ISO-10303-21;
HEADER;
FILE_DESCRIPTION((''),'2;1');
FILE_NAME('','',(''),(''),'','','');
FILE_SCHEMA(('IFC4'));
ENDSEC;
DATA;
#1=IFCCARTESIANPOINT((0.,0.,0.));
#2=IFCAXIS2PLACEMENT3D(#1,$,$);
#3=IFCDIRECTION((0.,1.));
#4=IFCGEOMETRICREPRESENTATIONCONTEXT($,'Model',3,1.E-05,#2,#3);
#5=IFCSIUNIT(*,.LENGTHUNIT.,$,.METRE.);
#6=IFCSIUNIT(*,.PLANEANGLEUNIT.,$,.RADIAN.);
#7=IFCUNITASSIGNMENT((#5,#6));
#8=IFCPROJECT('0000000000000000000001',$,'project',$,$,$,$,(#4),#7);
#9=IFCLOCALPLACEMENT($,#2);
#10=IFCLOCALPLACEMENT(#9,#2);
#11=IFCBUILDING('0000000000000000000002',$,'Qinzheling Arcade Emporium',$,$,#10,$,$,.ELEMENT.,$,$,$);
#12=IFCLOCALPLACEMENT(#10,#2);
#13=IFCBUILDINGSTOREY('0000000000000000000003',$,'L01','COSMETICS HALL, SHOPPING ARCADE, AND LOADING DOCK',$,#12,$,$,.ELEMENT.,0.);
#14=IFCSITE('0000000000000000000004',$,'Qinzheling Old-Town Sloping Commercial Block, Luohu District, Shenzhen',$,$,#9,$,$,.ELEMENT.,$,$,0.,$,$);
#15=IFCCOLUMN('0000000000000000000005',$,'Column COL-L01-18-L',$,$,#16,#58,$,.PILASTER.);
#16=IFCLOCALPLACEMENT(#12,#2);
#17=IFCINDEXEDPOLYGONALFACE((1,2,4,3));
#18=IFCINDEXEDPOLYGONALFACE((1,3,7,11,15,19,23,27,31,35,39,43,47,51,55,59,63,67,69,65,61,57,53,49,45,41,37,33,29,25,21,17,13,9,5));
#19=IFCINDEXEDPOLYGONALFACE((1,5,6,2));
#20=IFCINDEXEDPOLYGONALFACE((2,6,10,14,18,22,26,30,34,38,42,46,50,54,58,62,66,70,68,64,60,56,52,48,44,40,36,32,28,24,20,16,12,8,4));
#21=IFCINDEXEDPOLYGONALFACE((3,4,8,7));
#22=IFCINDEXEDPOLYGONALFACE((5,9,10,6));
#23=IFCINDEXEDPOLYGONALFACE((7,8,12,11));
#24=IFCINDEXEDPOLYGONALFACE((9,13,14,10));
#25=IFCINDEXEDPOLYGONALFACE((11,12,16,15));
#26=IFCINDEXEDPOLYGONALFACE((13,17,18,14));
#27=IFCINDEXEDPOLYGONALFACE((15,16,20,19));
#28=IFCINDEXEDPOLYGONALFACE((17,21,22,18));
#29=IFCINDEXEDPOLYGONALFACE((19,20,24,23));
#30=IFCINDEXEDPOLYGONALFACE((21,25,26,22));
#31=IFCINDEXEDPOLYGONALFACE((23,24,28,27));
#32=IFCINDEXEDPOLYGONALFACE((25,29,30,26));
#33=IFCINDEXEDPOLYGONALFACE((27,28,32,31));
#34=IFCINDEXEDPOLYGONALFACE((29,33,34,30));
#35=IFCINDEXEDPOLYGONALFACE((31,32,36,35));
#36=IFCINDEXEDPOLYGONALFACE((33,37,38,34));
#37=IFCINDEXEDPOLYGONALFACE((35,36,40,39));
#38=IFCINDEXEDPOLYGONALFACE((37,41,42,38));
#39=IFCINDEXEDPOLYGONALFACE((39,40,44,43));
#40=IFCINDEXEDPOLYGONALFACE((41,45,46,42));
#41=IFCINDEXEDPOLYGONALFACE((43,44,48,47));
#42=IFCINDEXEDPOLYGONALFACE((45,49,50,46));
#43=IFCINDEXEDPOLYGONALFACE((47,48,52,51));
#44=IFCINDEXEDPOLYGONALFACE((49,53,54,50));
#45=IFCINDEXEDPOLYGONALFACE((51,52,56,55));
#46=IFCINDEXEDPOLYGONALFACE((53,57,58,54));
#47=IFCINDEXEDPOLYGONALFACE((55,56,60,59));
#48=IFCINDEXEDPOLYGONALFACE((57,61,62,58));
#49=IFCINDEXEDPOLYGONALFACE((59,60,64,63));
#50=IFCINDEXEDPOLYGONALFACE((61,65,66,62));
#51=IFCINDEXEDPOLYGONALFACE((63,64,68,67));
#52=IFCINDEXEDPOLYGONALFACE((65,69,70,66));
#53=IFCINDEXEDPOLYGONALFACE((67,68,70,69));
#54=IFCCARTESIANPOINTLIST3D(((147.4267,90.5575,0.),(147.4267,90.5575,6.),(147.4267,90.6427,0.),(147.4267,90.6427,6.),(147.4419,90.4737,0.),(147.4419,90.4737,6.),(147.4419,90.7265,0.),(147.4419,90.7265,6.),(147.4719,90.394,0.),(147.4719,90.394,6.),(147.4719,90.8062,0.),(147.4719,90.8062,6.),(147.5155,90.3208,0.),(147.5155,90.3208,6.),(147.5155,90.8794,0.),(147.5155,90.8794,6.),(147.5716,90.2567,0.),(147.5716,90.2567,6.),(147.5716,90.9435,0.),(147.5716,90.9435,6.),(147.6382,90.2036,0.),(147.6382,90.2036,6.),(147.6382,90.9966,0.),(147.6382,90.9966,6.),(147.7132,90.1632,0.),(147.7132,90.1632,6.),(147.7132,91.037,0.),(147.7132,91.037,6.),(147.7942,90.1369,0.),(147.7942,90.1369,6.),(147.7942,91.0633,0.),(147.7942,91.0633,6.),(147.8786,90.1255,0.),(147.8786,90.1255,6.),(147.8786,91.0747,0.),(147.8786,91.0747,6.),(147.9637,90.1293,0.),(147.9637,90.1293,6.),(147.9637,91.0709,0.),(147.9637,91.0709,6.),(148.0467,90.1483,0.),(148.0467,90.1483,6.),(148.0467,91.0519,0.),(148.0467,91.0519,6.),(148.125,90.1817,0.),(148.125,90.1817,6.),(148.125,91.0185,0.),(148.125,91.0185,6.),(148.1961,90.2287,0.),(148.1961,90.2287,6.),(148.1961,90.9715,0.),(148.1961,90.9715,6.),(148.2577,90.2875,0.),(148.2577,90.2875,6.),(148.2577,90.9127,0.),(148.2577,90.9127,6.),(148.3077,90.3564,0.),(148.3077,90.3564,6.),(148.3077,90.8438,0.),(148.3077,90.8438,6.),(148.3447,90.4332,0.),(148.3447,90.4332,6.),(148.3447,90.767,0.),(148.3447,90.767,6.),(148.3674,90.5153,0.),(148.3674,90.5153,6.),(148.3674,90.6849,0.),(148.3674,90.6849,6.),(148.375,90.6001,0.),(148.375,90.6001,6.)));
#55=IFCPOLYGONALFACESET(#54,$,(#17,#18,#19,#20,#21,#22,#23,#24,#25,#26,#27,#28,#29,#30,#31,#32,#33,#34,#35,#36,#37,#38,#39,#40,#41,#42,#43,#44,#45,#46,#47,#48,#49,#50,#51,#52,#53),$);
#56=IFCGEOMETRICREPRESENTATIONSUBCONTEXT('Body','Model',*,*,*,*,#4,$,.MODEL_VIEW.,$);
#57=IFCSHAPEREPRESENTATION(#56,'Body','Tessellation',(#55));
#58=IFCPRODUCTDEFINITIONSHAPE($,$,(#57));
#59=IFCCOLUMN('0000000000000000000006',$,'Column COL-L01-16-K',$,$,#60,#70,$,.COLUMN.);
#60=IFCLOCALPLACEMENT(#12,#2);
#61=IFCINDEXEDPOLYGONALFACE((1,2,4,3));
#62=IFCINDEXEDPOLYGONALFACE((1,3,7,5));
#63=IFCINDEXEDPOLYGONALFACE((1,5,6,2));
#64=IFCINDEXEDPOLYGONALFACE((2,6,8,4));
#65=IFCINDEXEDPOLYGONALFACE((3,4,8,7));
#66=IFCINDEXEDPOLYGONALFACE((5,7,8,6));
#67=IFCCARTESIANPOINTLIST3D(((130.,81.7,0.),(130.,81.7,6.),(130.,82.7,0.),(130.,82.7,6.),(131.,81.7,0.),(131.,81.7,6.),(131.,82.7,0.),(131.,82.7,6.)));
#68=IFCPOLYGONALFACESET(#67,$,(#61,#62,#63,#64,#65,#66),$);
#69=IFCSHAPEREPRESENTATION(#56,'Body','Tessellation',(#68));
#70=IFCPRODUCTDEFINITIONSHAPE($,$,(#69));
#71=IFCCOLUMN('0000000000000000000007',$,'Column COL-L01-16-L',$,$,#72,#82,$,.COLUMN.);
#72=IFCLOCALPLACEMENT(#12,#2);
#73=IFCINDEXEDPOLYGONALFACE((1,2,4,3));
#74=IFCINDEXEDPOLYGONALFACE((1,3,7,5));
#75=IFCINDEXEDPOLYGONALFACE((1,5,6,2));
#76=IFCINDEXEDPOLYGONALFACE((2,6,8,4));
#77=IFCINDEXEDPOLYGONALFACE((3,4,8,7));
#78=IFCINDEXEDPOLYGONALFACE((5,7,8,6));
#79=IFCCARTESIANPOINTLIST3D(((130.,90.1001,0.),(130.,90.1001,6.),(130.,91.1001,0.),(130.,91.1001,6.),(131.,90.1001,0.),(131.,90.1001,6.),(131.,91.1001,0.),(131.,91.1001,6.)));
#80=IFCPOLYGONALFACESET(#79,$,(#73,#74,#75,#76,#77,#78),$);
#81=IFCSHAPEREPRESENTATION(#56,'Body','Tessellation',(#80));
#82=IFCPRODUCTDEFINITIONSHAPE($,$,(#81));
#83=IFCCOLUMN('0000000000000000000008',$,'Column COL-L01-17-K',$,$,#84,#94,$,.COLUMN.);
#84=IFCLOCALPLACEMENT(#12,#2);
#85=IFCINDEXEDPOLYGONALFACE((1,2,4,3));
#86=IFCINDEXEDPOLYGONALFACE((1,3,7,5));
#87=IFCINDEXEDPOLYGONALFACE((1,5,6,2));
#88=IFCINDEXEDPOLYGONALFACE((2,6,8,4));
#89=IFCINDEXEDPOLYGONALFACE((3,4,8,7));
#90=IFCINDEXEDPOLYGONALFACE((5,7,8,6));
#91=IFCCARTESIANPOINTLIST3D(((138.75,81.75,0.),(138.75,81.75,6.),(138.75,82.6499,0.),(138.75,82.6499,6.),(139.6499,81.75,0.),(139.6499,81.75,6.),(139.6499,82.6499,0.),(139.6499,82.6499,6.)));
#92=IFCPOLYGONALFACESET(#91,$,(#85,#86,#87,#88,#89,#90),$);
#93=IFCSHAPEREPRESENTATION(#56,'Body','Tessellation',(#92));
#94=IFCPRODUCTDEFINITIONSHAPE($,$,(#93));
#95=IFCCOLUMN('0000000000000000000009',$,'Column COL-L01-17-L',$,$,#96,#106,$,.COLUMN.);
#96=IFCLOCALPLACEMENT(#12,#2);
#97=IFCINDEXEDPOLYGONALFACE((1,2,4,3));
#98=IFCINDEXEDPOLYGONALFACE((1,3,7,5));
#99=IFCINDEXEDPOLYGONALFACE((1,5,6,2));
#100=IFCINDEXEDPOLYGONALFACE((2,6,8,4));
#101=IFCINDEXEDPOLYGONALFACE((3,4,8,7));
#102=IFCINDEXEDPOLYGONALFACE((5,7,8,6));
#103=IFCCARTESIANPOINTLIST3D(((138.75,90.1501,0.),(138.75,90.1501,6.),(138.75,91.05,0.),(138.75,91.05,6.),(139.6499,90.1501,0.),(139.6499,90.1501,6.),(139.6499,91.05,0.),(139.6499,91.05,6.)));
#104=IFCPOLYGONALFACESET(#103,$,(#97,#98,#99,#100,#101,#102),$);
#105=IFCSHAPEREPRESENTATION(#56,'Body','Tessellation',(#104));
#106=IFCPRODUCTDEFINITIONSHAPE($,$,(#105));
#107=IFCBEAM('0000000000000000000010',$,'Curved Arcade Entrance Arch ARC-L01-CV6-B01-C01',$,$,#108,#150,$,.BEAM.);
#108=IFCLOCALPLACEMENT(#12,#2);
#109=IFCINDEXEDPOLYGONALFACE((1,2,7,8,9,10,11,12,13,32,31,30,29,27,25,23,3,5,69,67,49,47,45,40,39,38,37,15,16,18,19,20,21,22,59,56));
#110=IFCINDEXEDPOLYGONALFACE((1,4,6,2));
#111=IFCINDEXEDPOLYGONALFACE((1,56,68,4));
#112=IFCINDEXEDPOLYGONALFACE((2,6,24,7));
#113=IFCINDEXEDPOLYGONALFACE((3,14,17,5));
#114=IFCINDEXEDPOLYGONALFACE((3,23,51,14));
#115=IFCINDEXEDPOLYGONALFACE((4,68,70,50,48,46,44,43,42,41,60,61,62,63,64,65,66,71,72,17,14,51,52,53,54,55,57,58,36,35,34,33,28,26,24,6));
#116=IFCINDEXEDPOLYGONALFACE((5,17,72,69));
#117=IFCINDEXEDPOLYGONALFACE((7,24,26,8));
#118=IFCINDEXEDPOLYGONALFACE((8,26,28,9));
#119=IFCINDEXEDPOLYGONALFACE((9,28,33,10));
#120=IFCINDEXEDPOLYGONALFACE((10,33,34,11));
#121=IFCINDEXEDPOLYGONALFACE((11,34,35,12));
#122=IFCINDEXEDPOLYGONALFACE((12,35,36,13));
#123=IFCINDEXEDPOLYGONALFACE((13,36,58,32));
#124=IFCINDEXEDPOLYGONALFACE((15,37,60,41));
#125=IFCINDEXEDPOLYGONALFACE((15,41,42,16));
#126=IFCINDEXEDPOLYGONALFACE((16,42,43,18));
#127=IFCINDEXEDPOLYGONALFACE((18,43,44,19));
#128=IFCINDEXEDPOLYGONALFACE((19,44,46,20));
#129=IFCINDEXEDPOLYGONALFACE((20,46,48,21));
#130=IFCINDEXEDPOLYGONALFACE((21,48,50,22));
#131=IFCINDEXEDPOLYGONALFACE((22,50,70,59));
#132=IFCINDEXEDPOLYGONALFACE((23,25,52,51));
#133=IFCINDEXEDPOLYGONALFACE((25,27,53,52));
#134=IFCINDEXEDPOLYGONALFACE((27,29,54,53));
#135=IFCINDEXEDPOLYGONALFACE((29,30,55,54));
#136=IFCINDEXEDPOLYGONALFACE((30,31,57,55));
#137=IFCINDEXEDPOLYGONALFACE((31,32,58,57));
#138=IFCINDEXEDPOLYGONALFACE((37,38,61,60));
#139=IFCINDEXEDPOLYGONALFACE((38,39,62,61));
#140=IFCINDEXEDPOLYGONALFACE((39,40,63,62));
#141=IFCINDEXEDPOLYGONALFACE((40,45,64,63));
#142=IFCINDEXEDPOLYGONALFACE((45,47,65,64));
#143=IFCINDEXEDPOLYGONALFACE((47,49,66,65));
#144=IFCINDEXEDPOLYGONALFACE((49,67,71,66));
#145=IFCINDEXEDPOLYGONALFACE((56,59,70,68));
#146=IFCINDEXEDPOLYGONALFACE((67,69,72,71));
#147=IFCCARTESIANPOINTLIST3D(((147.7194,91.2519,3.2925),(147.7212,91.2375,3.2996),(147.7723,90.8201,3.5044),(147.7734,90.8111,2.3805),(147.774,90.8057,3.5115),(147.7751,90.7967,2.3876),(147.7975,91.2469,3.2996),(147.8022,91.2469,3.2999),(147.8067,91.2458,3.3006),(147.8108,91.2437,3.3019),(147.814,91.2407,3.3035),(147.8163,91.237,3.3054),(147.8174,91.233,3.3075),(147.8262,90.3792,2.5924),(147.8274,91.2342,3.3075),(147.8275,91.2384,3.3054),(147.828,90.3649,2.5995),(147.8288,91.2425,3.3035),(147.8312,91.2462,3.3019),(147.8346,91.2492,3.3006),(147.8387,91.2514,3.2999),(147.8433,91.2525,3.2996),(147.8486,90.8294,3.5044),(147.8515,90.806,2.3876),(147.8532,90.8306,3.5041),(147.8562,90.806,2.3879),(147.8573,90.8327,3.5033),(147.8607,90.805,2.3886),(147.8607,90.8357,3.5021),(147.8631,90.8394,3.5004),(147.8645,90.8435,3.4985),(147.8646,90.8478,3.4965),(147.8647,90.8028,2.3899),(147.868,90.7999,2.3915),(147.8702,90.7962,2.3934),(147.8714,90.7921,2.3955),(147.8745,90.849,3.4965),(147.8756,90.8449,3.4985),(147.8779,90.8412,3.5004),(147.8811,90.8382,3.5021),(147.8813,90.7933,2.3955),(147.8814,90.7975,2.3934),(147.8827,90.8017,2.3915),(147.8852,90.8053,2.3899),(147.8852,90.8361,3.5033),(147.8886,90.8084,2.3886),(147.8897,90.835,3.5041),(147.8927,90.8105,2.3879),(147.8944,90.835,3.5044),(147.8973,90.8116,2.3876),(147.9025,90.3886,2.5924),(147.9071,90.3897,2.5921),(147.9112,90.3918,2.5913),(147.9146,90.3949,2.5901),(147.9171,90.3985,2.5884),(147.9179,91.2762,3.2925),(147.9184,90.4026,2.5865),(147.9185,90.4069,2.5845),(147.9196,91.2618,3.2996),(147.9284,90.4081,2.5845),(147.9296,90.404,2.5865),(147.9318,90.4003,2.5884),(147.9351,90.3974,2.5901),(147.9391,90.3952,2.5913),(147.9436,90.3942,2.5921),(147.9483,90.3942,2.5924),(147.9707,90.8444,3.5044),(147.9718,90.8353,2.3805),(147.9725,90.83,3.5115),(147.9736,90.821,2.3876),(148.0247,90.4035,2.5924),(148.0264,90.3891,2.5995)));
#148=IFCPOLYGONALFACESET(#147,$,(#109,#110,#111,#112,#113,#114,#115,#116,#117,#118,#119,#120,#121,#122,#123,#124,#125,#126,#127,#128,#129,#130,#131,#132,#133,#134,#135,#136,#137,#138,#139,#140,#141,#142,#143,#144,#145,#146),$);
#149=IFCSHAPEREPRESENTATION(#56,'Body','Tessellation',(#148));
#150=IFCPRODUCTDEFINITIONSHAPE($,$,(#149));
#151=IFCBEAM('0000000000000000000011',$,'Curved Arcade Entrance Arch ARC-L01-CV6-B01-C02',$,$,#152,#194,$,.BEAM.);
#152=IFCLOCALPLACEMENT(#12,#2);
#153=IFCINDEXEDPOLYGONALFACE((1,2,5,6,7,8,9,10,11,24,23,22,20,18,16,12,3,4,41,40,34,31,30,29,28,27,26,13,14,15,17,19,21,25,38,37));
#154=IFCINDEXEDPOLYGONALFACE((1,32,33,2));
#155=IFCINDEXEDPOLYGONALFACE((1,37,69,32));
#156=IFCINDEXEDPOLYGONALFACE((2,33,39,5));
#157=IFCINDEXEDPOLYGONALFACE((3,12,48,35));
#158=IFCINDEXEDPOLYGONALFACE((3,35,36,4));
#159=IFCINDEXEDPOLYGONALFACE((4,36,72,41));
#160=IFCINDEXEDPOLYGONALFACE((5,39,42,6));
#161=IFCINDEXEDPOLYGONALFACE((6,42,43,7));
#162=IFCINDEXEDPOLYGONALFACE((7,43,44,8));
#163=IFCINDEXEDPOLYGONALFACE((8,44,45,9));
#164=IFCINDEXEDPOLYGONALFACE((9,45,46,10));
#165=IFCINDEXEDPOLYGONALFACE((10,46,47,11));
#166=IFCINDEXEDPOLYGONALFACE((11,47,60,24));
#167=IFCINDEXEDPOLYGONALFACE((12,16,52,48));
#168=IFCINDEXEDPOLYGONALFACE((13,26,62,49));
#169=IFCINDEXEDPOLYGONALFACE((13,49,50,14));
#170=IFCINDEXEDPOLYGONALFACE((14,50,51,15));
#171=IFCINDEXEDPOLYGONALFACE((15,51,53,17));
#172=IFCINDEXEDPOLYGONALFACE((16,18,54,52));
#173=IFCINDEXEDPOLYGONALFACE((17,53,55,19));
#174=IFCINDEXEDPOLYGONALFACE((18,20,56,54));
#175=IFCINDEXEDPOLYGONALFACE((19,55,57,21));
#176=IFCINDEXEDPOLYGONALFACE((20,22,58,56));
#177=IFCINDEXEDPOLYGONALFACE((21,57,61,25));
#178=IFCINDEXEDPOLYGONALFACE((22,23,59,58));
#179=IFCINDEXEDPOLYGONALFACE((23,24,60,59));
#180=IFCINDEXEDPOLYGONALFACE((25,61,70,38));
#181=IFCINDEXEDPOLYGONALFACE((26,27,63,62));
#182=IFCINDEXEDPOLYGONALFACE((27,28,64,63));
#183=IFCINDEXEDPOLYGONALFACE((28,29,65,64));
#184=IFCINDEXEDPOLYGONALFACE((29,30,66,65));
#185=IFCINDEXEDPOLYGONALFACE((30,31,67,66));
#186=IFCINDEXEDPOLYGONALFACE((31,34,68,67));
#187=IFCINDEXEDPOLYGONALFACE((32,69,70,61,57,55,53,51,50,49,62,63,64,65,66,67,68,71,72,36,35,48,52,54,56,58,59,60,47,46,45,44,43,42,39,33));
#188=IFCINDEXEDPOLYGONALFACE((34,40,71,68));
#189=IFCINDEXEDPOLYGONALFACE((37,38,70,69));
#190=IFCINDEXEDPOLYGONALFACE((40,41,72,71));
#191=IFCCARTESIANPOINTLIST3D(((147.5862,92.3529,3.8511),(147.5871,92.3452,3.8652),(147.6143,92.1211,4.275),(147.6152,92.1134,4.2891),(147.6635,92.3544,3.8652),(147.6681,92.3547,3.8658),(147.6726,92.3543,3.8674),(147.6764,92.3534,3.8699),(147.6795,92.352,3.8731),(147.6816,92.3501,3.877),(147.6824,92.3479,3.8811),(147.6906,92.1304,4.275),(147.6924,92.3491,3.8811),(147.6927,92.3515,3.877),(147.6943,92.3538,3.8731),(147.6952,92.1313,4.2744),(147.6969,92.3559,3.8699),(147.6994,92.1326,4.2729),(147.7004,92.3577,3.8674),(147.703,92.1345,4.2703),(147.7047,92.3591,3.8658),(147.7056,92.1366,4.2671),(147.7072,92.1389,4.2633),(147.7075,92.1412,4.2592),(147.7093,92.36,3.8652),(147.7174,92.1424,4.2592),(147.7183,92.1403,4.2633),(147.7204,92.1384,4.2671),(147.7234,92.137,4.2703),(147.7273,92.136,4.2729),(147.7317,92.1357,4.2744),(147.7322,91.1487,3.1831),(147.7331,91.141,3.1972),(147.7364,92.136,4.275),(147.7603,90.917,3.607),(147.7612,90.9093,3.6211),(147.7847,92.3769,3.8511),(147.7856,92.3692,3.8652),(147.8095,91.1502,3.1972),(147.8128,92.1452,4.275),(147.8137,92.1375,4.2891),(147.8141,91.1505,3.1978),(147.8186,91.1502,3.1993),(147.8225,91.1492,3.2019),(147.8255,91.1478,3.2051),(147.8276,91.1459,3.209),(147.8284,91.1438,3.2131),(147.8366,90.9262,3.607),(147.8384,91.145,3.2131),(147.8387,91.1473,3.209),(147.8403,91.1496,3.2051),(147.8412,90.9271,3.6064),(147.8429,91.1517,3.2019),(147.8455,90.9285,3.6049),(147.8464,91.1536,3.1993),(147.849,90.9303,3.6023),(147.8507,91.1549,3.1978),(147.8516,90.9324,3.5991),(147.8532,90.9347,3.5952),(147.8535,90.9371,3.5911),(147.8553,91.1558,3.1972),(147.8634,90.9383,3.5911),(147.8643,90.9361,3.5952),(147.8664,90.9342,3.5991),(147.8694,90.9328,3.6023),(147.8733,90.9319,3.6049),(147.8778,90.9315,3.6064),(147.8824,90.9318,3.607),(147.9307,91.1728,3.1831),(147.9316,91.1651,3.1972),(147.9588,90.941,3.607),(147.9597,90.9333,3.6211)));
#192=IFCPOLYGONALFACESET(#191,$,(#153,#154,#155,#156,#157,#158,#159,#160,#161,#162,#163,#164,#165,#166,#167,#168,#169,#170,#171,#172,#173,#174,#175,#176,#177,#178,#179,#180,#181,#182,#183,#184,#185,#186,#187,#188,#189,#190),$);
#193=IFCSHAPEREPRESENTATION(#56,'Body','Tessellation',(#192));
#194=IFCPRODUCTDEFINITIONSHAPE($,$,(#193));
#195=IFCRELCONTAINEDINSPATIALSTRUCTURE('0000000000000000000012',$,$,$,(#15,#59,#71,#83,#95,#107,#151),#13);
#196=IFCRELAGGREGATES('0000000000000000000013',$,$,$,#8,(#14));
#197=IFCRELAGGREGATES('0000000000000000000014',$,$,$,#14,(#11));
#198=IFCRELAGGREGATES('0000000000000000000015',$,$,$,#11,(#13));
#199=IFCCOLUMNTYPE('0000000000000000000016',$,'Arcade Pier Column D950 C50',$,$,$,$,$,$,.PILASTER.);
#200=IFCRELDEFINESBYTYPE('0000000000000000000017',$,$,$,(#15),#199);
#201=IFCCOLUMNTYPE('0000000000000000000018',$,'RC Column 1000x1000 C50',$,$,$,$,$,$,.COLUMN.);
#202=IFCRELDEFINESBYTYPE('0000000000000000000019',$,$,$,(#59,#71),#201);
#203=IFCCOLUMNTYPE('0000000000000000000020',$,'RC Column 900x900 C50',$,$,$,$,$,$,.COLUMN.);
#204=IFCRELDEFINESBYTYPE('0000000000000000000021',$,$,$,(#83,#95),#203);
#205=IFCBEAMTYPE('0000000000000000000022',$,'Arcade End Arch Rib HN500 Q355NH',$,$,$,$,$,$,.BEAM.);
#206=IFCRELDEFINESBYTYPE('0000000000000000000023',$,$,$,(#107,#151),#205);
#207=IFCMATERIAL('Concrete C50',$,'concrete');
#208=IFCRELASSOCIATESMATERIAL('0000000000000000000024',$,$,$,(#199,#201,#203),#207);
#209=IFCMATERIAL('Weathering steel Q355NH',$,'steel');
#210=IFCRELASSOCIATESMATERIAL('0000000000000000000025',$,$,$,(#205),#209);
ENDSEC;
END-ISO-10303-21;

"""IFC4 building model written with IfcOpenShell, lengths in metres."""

from ifc_helpers import new_model, si_unit, direction, frame, origin, origin_2d, place, context, subcontext, project, spatial, rectangle, circle, i_section, extrude, material, material_profile, profile_set, type_object, element, save


model = new_model("IFC4")

# Units and contexts
model_context = context("Model", 3, precision=1e-05, world=origin(), true_north=direction((0.0, 1.0)))
body_context = subcontext(model_context, "Body", "Model", "MODEL_VIEW")
ifc_project = project(units=[si_unit("LENGTHUNIT", "METRE"), si_unit("PLANEANGLEUNIT", "RADIAN")], contexts=[model_context])

# Site, building, storey
site_placement = place(None, origin())
site = spatial("IfcSite", under=ifc_project, at=site_placement, Name="Qinzheling Old-Town Sloping Commercial Block, Luohu District, Shenzhen", CompositionType="ELEMENT", RefElevation=0.0)
building_placement = place(site_placement, origin())
building = spatial("IfcBuilding", under=site, at=building_placement, Name="Qinzheling Arcade Emporium", CompositionType="ELEMENT")
storey_placement = place(building_placement, origin())
storey = spatial("IfcBuildingStorey", under=building, at=storey_placement, Name="L01", Description="COSMETICS HALL, SHOPPING ARCADE, AND LOADING DOCK", CompositionType="ELEMENT", Elevation=0.0)

# Columns
ifc_material_1 = material(Name="Concrete C50", Category="concrete")
ifc_material_profile_1 = material_profile(ifc_material_1, circle(Radius=0.4751, at=origin_2d()), Name="RC D950", Category="concrete")
ifc_profile_set_1 = profile_set([ifc_material_profile_1], Name="Concrete C50")
column_type_1 = type_object("IfcColumnType", Name="Arcade Pier Column D950 C50", PredefinedType="PILASTER", material=ifc_profile_set_1)
column_placement = place(storey_placement, frame((147.8999, 90.6001, 0.0), z_axis=(0.0, 0.0, 1.0), x_axis=(1.0, 0.0, 0.0)))
element("IfcColumn", 1, at=column_placement, inside=storey, type_object=column_type_1, Name="Column COL-L01-18-L", PredefinedType="PILASTER", context=body_context, shape_type="SweptSolid", body=[
    extrude(circle(Radius=0.4751, at=origin_2d()), origin(), (0.0, 0.0, 1.0), 6.0),
])
ifc_material_profile_2 = material_profile(ifc_material_1, rectangle(XDim=1.0, YDim=1.0, at=origin_2d()), Name="RC 1000x1000", Category="concrete")
ifc_profile_set_2 = profile_set([ifc_material_profile_2], Name="Concrete C50")
column_type_2 = type_object("IfcColumnType", Name="RC Column 1000x1000 C50", PredefinedType="COLUMN", material=ifc_profile_set_2)
for number, where, z_axis, x_axis, name in (
    (2, (130.5, 82.2, 0.0), (0.0, 0.0, 1.0), (1.0, 0.0, 0.0), "Column COL-L01-16-K"),
    (3, (130.5, 90.6001, 0.0), (0.0, 0.0, 1.0), (1.0, 0.0, 0.0), "Column COL-L01-16-L"),
):
    element("IfcColumn", number, at=place(storey_placement, frame(where, z_axis=z_axis, x_axis=x_axis)), inside=storey, type_object=column_type_2, Name=name, PredefinedType="COLUMN", context=body_context, shape_type="SweptSolid", body=[
        extrude(rectangle(XDim=1.0, YDim=1.0, at=origin_2d()), origin(), (0.0, 0.0, 1.0), 6.0),
    ])
ifc_material_profile_3 = material_profile(ifc_material_1, rectangle(XDim=0.8999, YDim=0.8999, at=origin_2d()), Name="RC 900x900", Category="concrete")
ifc_profile_set_3 = profile_set([ifc_material_profile_3], Name="Concrete C50")
column_type_3 = type_object("IfcColumnType", Name="RC Column 900x900 C50", PredefinedType="COLUMN", material=ifc_profile_set_3)
for number, where, z_axis, x_axis, name in (
    (4, (139.2, 82.2, 0.0), (0.0, 0.0, 1.0), (1.0, 0.0, 0.0), "Column COL-L01-17-K"),
    (5, (139.2, 90.6001, 0.0), (0.0, 0.0, 1.0), (1.0, 0.0, 0.0), "Column COL-L01-17-L"),
):
    element("IfcColumn", number, at=place(storey_placement, frame(where, z_axis=z_axis, x_axis=x_axis)), inside=storey, type_object=column_type_3, Name=name, PredefinedType="COLUMN", context=body_context, shape_type="SweptSolid", body=[
        extrude(rectangle(XDim=0.8999, YDim=0.8999, at=origin_2d()), origin(), (0.0, 0.0, 1.0), 6.0),
    ])

# Beams
ifc_material_2 = material(Name="Weathering steel Q355NH", Category="steel")
ifc_material_profile_4 = material_profile(ifc_material_2, i_section(OverallWidth=0.2, OverallDepth=0.5, WebThickness=0.01, FlangeThickness=0.0161, FilletRadius=0.0181, at=origin_2d()), Name="HN 500x200x10x16", Category="steel")
ifc_profile_set_4 = profile_set([ifc_material_profile_4], Name="Weathering steel Q355NH")
beam_type_1 = type_object("IfcBeamType", Name="Arcade End Arch Rib HN500 Q355NH", PredefinedType="BEAM", material=ifc_profile_set_4)
beam_1_placement = place(storey_placement, frame((147.8999, 90.6001, 2.49), z_axis=(-0.053183, 0.434605, 0.89905), x_axis=(-0.992596, -0.121464, 0.0)))
element("IfcBeam", 6, at=beam_1_placement, inside=storey, type_object=beam_type_1, Name="Curved Arcade Entrance Arch ARC-L01-CV6-B01-C01", PredefinedType="BEAM", context=body_context, shape_type="SweptSolid", body=[
    extrude(i_section(OverallWidth=0.2, OverallDepth=0.5, WebThickness=0.01, FlangeThickness=0.0161, FilletRadius=0.0181, at=origin_2d()), origin(), (0.0, 0.0, 1.0), 1.0144),
])
beam_2_placement = place(storey_placement, frame((147.8459, 91.041, 3.4021), z_axis=(-0.105436, 0.869584, 0.482397), x_axis=(-0.992729, -0.120367, 0.0)))
element("IfcBeam", 7, at=beam_2_placement, inside=storey, type_object=beam_type_1, Name="Curved Arcade Entrance Arch ARC-L01-CV6-B01-C02", PredefinedType="BEAM", context=body_context, shape_type="SweptSolid", body=[
    extrude(i_section(OverallWidth=0.2, OverallDepth=0.5, WebThickness=0.01, FlangeThickness=0.0161, FilletRadius=0.0181, at=origin_2d()), origin(), (0.0, 0.0, 1.0), 1.3848),
])

save(model, "model.ifc")
